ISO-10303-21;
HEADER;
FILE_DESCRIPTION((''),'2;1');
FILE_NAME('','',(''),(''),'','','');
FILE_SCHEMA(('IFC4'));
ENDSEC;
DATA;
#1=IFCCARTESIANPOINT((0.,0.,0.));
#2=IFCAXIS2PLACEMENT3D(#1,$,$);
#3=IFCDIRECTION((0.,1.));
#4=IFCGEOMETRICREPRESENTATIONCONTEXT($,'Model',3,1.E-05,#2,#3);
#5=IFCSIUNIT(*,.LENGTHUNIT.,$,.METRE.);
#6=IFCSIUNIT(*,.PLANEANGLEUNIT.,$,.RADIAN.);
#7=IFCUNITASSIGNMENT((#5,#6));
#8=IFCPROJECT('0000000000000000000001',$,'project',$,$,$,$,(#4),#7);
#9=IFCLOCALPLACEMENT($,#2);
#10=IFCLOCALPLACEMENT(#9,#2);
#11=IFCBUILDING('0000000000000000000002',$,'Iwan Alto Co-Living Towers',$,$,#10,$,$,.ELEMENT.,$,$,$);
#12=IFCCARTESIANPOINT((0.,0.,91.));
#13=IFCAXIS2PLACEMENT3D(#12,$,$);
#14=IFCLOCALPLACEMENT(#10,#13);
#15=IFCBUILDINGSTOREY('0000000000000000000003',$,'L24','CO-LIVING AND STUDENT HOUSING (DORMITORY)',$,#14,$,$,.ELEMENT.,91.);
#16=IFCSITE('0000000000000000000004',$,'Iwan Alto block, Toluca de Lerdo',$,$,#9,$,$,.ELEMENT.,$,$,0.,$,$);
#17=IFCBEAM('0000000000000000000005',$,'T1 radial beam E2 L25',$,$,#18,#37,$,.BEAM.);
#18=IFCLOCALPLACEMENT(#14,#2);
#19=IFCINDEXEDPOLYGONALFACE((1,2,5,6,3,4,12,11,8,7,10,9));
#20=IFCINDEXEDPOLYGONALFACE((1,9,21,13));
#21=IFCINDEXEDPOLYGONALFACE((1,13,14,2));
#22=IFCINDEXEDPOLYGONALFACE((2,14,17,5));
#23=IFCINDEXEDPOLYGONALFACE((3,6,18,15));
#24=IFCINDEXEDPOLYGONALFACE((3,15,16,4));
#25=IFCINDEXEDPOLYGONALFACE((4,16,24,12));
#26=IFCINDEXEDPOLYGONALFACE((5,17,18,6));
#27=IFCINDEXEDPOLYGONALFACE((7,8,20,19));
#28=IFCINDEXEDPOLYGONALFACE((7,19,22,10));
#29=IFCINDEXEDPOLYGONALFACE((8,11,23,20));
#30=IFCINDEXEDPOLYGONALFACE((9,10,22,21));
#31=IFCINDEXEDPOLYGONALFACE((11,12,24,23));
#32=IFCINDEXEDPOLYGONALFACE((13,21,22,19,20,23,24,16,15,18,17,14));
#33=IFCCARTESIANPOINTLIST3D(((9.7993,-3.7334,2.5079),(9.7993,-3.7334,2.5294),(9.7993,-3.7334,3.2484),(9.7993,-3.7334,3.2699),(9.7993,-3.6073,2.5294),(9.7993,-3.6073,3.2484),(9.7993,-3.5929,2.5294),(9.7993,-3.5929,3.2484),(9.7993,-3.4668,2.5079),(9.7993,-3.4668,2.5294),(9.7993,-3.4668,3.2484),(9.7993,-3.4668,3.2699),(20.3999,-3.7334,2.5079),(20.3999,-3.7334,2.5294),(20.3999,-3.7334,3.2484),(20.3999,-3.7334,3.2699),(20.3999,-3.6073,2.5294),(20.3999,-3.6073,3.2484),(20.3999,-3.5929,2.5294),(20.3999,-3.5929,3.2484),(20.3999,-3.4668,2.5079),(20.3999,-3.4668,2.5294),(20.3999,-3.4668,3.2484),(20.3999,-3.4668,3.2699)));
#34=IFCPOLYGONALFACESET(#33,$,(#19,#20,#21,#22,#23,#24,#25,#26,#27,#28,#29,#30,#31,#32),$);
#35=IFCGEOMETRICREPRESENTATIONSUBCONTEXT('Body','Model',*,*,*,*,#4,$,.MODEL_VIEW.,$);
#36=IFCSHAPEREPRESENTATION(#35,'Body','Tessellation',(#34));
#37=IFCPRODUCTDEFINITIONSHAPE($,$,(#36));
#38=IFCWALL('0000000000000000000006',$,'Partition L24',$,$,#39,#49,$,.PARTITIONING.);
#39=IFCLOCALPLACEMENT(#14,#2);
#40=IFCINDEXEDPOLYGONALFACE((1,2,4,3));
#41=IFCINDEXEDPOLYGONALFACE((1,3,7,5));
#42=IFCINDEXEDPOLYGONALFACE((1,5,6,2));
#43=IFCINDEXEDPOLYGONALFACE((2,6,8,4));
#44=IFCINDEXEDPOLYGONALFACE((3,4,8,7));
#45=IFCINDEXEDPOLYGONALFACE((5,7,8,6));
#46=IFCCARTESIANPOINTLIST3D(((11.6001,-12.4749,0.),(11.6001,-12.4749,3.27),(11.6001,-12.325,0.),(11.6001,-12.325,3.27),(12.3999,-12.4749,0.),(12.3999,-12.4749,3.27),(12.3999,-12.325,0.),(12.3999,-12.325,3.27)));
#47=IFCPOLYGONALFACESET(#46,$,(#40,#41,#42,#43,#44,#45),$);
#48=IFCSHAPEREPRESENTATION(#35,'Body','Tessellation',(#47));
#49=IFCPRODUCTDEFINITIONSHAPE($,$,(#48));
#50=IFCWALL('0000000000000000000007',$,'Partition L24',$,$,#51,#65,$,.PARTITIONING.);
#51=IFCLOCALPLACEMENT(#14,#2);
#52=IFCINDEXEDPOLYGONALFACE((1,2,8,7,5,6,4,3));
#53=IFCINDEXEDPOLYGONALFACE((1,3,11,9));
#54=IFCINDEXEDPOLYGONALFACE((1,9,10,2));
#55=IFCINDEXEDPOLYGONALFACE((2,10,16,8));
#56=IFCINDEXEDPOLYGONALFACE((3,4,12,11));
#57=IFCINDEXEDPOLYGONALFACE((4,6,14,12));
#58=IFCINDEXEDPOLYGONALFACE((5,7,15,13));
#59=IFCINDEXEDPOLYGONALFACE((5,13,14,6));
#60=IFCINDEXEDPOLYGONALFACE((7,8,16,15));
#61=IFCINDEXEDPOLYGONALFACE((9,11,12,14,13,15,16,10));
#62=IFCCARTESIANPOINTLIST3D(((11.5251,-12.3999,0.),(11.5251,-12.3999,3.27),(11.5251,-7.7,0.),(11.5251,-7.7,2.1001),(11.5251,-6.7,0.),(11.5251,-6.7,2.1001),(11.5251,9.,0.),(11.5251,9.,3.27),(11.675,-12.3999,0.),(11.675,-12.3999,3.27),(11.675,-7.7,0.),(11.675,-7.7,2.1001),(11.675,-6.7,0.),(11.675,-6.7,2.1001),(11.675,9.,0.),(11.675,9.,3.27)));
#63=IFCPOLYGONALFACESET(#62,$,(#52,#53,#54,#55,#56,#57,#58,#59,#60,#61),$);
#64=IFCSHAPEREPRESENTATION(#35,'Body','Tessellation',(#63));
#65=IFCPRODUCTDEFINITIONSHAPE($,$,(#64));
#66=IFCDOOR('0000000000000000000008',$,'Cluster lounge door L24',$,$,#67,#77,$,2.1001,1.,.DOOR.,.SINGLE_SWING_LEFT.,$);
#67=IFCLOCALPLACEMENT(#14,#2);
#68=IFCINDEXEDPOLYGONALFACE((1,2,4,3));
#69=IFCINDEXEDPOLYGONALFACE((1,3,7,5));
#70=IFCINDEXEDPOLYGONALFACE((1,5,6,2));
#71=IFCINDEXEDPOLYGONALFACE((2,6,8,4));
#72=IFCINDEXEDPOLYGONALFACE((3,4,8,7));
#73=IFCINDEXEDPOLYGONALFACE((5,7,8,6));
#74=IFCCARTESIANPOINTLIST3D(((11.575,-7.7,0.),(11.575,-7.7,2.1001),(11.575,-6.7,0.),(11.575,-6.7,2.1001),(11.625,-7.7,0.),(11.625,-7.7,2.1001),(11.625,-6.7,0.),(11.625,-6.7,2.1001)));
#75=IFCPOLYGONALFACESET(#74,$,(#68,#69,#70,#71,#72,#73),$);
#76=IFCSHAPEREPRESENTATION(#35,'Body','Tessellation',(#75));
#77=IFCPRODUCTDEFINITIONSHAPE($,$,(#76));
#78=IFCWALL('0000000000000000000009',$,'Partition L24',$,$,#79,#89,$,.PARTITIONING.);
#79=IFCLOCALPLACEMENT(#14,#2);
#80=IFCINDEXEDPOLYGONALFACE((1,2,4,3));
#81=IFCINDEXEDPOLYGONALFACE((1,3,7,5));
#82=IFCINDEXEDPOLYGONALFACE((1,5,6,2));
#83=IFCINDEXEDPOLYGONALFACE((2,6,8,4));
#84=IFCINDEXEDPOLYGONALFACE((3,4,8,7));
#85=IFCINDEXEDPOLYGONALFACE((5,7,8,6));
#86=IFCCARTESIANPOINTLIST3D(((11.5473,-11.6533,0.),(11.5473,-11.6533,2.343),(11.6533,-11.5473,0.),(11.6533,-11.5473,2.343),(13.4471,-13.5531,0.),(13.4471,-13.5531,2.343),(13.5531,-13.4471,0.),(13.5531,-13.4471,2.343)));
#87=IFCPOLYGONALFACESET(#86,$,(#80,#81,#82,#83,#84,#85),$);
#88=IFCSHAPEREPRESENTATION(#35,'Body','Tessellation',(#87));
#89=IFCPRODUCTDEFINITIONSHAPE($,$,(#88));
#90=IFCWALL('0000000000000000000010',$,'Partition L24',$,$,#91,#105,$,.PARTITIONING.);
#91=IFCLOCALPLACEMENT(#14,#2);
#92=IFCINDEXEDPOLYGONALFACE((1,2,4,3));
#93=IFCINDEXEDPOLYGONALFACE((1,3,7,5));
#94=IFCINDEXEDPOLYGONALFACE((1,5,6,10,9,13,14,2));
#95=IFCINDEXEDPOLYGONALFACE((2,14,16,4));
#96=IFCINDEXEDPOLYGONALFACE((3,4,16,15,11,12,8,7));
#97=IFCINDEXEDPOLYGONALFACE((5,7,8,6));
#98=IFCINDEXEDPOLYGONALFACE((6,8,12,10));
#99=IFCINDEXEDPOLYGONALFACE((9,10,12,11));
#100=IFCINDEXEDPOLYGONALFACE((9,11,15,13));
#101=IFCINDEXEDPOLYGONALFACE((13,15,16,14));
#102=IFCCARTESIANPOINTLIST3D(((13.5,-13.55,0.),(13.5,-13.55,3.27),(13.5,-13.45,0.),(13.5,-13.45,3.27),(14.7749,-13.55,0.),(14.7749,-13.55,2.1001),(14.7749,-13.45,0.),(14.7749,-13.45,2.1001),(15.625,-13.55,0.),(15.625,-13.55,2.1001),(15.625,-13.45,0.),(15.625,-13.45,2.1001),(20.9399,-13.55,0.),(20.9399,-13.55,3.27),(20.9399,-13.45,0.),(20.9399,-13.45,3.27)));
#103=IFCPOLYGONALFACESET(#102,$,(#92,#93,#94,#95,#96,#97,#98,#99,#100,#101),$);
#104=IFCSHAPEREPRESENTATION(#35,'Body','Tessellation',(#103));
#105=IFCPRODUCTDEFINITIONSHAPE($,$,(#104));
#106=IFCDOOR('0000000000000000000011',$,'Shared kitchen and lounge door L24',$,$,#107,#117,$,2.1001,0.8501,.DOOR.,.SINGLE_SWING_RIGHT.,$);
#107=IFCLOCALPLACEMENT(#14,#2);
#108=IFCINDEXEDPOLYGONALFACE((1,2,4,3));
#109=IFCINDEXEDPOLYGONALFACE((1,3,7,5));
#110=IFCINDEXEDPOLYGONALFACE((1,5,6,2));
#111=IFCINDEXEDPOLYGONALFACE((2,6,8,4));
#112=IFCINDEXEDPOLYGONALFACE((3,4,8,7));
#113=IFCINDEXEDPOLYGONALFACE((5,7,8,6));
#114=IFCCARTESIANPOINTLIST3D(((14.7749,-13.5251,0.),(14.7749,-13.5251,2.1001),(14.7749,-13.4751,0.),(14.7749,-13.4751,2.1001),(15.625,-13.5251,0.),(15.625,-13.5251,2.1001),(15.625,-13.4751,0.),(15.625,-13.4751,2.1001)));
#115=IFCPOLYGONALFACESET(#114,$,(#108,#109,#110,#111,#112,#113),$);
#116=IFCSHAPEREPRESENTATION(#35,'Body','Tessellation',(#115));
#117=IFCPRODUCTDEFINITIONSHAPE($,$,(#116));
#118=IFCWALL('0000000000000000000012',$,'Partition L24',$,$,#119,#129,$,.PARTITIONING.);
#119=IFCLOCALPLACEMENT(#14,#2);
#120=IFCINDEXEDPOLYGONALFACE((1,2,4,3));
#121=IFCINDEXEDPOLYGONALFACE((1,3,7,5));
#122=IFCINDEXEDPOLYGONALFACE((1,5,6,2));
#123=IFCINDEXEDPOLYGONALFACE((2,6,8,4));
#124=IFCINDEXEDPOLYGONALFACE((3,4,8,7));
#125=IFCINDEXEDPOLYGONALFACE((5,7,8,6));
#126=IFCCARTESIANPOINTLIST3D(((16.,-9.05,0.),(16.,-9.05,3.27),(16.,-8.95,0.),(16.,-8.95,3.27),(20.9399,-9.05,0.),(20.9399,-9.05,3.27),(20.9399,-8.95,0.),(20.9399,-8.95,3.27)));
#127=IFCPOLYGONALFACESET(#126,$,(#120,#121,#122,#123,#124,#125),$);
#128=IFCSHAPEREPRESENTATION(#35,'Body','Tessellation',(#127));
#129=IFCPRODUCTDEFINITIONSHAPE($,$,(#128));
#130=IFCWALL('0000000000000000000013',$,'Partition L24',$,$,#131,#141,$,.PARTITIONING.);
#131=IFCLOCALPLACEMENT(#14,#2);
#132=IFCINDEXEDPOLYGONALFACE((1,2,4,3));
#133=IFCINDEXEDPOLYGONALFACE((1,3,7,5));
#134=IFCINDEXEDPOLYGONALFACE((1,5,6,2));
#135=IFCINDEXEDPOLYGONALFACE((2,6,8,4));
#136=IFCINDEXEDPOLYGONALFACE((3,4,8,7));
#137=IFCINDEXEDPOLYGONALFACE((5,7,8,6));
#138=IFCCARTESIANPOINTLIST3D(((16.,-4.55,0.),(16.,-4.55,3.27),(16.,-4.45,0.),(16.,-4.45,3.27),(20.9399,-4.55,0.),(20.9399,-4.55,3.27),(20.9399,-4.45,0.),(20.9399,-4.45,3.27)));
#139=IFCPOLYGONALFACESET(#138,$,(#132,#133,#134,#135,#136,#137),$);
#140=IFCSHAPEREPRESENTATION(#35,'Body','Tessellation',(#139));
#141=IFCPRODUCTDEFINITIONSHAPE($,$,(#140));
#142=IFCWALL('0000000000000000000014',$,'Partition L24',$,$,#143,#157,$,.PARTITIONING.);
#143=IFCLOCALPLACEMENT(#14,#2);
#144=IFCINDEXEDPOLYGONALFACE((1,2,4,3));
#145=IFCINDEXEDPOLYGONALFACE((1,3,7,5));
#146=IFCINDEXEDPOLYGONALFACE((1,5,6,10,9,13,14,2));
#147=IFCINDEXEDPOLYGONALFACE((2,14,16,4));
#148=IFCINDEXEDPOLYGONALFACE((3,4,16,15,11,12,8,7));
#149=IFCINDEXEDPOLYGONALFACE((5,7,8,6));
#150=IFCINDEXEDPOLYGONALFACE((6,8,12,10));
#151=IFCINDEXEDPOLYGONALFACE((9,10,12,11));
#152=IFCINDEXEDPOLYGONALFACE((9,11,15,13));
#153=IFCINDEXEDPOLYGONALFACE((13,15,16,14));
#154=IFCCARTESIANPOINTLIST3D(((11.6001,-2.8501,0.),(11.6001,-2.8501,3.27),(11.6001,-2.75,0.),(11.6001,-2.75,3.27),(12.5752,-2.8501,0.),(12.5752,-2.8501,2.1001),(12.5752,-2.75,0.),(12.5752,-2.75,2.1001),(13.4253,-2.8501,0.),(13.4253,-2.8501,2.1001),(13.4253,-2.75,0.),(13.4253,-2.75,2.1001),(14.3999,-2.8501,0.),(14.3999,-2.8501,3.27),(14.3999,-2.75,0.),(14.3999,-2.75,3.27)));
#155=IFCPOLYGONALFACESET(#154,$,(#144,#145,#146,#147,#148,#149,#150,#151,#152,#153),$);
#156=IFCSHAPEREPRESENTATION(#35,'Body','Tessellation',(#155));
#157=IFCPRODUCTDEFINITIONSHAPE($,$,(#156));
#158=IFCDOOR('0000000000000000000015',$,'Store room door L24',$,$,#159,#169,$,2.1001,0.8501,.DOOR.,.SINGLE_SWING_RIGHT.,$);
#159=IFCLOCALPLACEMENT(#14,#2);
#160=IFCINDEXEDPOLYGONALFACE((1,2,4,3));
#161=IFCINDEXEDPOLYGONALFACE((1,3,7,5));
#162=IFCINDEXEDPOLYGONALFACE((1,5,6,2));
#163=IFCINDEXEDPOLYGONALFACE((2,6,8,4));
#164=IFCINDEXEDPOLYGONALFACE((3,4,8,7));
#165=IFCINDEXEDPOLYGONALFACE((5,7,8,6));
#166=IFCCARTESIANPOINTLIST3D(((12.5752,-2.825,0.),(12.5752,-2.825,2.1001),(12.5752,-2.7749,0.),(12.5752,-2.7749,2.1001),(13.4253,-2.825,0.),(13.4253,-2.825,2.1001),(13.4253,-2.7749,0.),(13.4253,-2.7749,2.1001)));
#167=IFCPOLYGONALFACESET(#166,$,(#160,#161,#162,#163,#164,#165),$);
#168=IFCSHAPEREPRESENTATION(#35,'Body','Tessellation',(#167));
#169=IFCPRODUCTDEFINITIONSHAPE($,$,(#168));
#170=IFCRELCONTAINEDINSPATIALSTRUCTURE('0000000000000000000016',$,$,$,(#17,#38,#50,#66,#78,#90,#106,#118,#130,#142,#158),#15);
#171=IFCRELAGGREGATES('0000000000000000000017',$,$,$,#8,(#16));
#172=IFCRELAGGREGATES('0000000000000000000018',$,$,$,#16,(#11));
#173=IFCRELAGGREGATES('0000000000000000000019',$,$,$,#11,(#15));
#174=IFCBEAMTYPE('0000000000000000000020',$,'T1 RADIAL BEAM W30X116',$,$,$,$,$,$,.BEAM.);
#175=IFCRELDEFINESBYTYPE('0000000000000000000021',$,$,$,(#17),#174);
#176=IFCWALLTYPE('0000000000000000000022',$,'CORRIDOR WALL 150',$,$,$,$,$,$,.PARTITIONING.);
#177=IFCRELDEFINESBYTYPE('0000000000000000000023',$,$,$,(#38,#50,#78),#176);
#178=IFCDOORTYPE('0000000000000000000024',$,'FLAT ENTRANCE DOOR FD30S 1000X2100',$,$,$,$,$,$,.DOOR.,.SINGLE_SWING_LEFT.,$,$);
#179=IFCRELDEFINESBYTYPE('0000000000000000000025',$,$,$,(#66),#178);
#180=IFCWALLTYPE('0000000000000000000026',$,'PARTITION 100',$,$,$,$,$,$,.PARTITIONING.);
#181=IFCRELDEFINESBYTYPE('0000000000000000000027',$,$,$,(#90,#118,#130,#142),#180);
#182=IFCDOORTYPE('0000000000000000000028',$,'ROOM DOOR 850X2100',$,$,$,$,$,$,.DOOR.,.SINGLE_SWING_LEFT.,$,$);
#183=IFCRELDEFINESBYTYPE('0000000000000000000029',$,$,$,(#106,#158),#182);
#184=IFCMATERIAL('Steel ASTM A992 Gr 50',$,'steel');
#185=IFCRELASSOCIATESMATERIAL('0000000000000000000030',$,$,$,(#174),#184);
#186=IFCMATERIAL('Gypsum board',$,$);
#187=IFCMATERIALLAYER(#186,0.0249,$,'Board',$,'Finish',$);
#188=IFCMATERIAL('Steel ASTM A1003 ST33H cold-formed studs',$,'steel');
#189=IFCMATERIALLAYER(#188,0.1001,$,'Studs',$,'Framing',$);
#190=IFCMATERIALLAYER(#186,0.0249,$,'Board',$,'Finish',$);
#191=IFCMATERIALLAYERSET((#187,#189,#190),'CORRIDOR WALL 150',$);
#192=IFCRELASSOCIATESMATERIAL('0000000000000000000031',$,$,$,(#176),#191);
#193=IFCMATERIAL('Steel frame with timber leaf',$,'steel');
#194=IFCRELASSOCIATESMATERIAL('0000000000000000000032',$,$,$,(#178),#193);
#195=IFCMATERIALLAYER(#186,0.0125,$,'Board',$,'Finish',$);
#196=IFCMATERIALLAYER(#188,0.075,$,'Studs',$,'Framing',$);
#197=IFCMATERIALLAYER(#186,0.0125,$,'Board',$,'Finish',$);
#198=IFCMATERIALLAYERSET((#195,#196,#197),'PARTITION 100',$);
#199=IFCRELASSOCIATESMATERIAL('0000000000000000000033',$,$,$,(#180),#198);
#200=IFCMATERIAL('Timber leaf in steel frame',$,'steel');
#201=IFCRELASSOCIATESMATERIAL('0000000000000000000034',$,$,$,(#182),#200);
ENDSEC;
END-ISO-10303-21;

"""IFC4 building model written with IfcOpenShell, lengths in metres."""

from ifc_helpers import new_model, si_unit, direction, frame, frame_2d, origin, origin_2d, place, context, subcontext, project, spatial, rectangle, i_section, extrude, material, layer, layer_set, material_profile, profile_set, type_object, element, fill, save


model = new_model("IFC4")

# Units and contexts
model_context = context("Model", 3, precision=1e-05, world=origin(), true_north=direction((0.0, 1.0)))
body_context = subcontext(model_context, "Body", "Model", "MODEL_VIEW")
ifc_project = project(units=[si_unit("LENGTHUNIT", "METRE"), si_unit("PLANEANGLEUNIT", "RADIAN")], contexts=[model_context])

# Site, building, storey
site_placement = place(None, origin())
site = spatial("IfcSite", under=ifc_project, at=site_placement, Name="Iwan Alto block, Toluca de Lerdo", CompositionType="ELEMENT", RefElevation=0.0)
building_placement = place(site_placement, origin())
building = spatial("IfcBuilding", under=site, at=building_placement, Name="Iwan Alto Co-Living Towers", CompositionType="ELEMENT")
storey_placement = place(building_placement, frame((0.0, 0.0, 91.0)))
storey = spatial("IfcBuildingStorey", under=building, at=storey_placement, Name="L24", Description="CO-LIVING AND STUDENT HOUSING (DORMITORY)", CompositionType="ELEMENT", Elevation=91.0)

# Beam
ifc_material_1 = material(Name="Steel ASTM A992 Gr 50", Category="steel")
ifc_material_profile_1 = material_profile(ifc_material_1, i_section(OverallWidth=0.2666, OverallDepth=0.762, WebThickness=0.0144, FlangeThickness=0.0215, at=origin_2d()), Name="W30X116")
ifc_profile_set_1 = profile_set([ifc_material_profile_1], Name="Steel ASTM A992 Gr 50")
beam_type_1 = type_object("IfcBeamType", Name="T1 RADIAL BEAM W30X116", PredefinedType="BEAM", material=ifc_profile_set_1)
beam_1_placement = place(storey_placement, frame((20.3999, -3.6001, 2.8889), z_axis=(-1.0, 0.0, 0.0), x_axis=(0.0, -1.0, 0.0)))
element("IfcBeam", 1, at=beam_1_placement, inside=storey, type_object=beam_type_1, Name="T1 radial beam E2 L25", PredefinedType="BEAM", context=body_context, shape_type="SweptSolid", body=[
    extrude(i_section(OverallWidth=0.2666, OverallDepth=0.762, WebThickness=0.0144, FlangeThickness=0.0215, at=origin_2d()), origin(), (0.0, 0.0, 1.0), 10.6006),
])

# Wall
ifc_material_2 = material(Name="Gypsum board")
ifc_layer_1 = layer(ifc_material_2, 0.0249, Name="Board", Category="Finish")
ifc_material_3 = material(Name="Steel ASTM A1003 ST33H cold-formed studs", Category="steel")
ifc_layer_2 = layer(ifc_material_3, 0.1001, Name="Studs", Category="Framing")
ifc_layer_3 = layer(ifc_material_2, 0.0249, Name="Board", Category="Finish")
ifc_layer_set_1 = layer_set([ifc_layer_1, ifc_layer_2, ifc_layer_3], Name="CORRIDOR WALL 150")
wall_type_1 = type_object("IfcWallType", Name="CORRIDOR WALL 150", PredefinedType="PARTITIONING", material=ifc_layer_set_1)
wall_1_placement = place(storey_placement, frame((11.6001, -12.3999, 0.0), z_axis=(0.0, 0.0, 1.0), x_axis=(1.0, 0.0, 0.0)))
element("IfcWall", 2, at=wall_1_placement, inside=storey, type_object=wall_type_1, Name="Partition L24", PredefinedType="PARTITIONING", context=body_context, shape_type="SweptSolid", body=[
    extrude(rectangle(XDim=0.7998, YDim=0.1499, at=frame_2d((0.3999, 0.0))), origin(), (0.0, 0.0, 1.0), 3.27),
])

# Wall, opening, door
wall_2_placement = place(storey_placement, frame((11.6001, -12.3999, 0.0), z_axis=(0.0, 0.0, 1.0), x_axis=(0.0, 1.0, 0.0)))
wall_2 = element("IfcWall", 3, at=wall_2_placement, inside=storey, type_object=wall_type_1, Name="Partition L24", PredefinedType="PARTITIONING", context=body_context, shape_type="SweptSolid", body=[
    extrude(rectangle(XDim=21.3999, YDim=0.1499, at=frame_2d((10.7, 0.0))), origin(), (0.0, 0.0, 1.0), 3.27),
])
opening_1_placement = place(wall_2_placement, frame((4.7, 0.0, 0.0)))
opening_1 = element("IfcOpeningElement", 4, at=opening_1_placement, cuts=wall_2, PredefinedType="OPENING", context=body_context, shape_type="SweptSolid", body=[
    extrude(rectangle(XDim=1.0, YDim=2.1001, at=frame_2d((0.5, 1.05))), frame((0.0, 0.085, 0.0), z_axis=(0.0, -1.0, 0.0), x_axis=(1.0, 0.0, 0.0)), (0.0, 0.0, 1.0), 0.1699),
])
ifc_material_4 = material(Name="Steel frame with timber leaf", Category="steel")
door_type_1 = type_object("IfcDoorType", Name="FLAT ENTRANCE DOOR FD30S 1000X2100", OperationType="SINGLE_SWING_LEFT", PredefinedType="DOOR", material=ifc_material_4)
door_1_placement = place(opening_1_placement, frame((1.0, 0.0, 0.0), z_axis=(0.0, 0.0, 1.0), x_axis=(-1.0, 0.0, 0.0)))
door_1 = element("IfcDoor", 5, at=door_1_placement, inside=storey, type_object=door_type_1, Name="Cluster lounge door L24", OperationType="SINGLE_SWING_LEFT", OverallHeight=2.1001, OverallWidth=1.0, PredefinedType="DOOR", context=body_context, shape_type="SweptSolid", body=[
    extrude(rectangle(XDim=1.0, YDim=2.1001, at=frame_2d((0.5, 1.05))), frame((0.0, 0.0249, 0.0), z_axis=(0.0, -1.0, 0.0), x_axis=(1.0, 0.0, 0.0)), (0.0, 0.0, 1.0), 0.05),
])
fill(opening_1, door_1)

# Wall
wall_3_placement = place(storey_placement, frame((13.5, -13.5, 0.0), z_axis=(0.0, 0.0, 1.0), x_axis=(-0.707107, 0.707107, 0.0)))
element("IfcWall", 6, at=wall_3_placement, inside=storey, type_object=wall_type_1, Name="Partition L24", PredefinedType="PARTITIONING", context=body_context, shape_type="SweptSolid", body=[
    extrude(rectangle(XDim=2.6868, YDim=0.1499, at=frame_2d((1.3433, 0.0))), origin(), (0.0, 0.0, 1.0), 2.343),
])

# Wall, opening, door
ifc_layer_4 = layer(ifc_material_2, 0.0125, Name="Board", Category="Finish")
ifc_layer_5 = layer(ifc_material_3, 0.075, Name="Studs", Category="Framing")
ifc_layer_6 = layer(ifc_material_2, 0.0125, Name="Board", Category="Finish")
ifc_layer_set_2 = layer_set([ifc_layer_4, ifc_layer_5, ifc_layer_6], Name="PARTITION 100")
wall_type_2 = type_object("IfcWallType", Name="PARTITION 100", PredefinedType="PARTITIONING", material=ifc_layer_set_2)
wall_4_placement = place(storey_placement, frame((13.5, -13.5, 0.0), z_axis=(0.0, 0.0, 1.0), x_axis=(1.0, 0.0, 0.0)))
wall_4 = element("IfcWall", 7, at=wall_4_placement, inside=storey, type_object=wall_type_2, Name="Partition L24", PredefinedType="PARTITIONING", context=body_context, shape_type="SweptSolid", body=[
    extrude(rectangle(XDim=7.4399, YDim=0.1001, at=frame_2d((3.72, 0.0))), origin(), (0.0, 0.0, 1.0), 3.27),
])
opening_2_placement = place(wall_4_placement, frame((1.2749, 0.0, 0.0)))
opening_2 = element("IfcOpeningElement", 8, at=opening_2_placement, cuts=wall_4, PredefinedType="OPENING", context=body_context, shape_type="SweptSolid", body=[
    extrude(rectangle(XDim=0.8501, YDim=2.1001, at=frame_2d((0.425, 1.05))), frame((0.0, 0.0601, 0.0), z_axis=(0.0, -1.0, 0.0), x_axis=(1.0, 0.0, 0.0)), (0.0, 0.0, 1.0), 0.1201),
])
ifc_material_5 = material(Name="Timber leaf in steel frame", Category="steel")
door_type_2 = type_object("IfcDoorType", Name="ROOM DOOR 850X2100", OperationType="SINGLE_SWING_LEFT", PredefinedType="DOOR", material=ifc_material_5)
door_2_placement = place(opening_2_placement, origin())
door_2 = element("IfcDoor", 9, at=door_2_placement, inside=storey, type_object=door_type_2, Name="Shared kitchen and lounge door L24", OperationType="SINGLE_SWING_RIGHT", OverallHeight=2.1001, OverallWidth=0.8501, PredefinedType="DOOR", context=body_context, shape_type="SweptSolid", body=[
    extrude(rectangle(XDim=0.8501, YDim=2.1001, at=frame_2d((0.425, 1.05))), frame((0.0, 0.0249, 0.0), z_axis=(0.0, -1.0, 0.0), x_axis=(1.0, 0.0, 0.0)), (0.0, 0.0, 1.0), 0.05),
])
fill(opening_2, door_2)

# Walls
for number, where, z_axis, x_axis, name in (
    (10, (16.0, -9.0, 0.0), (0.0, 0.0, 1.0), (1.0, 0.0, 0.0), "Partition L24"),
    (11, (16.0, -4.5, 0.0), (0.0, 0.0, 1.0), (1.0, 0.0, 0.0), "Partition L24"),
):
    element("IfcWall", number, at=place(storey_placement, frame(where, z_axis=z_axis, x_axis=x_axis)), inside=storey, type_object=wall_type_2, Name=name, PredefinedType="PARTITIONING", context=body_context, shape_type="SweptSolid", body=[
        extrude(rectangle(XDim=4.9399, YDim=0.1001, at=frame_2d((2.47, 0.0))), origin(), (0.0, 0.0, 1.0), 3.27),
    ])

# Wall, opening, door
wall_5_placement = place(storey_placement, frame((11.6001, -2.8, 0.0), z_axis=(0.0, 0.0, 1.0), x_axis=(1.0, 0.0, 0.0)))
wall_5 = element("IfcWall", 12, at=wall_5_placement, inside=storey, type_object=wall_type_2, Name="Partition L24", PredefinedType="PARTITIONING", context=body_context, shape_type="SweptSolid", body=[
    extrude(rectangle(XDim=2.7998, YDim=0.1001, at=frame_2d((1.3999, 0.0))), origin(), (0.0, 0.0, 1.0), 3.27),
])
opening_3_placement = place(wall_5_placement, frame((0.9751, 0.0, 0.0)))
opening_3 = element("IfcOpeningElement", 13, at=opening_3_placement, cuts=wall_5, PredefinedType="OPENING", context=body_context, shape_type="SweptSolid", body=[
    extrude(rectangle(XDim=0.8501, YDim=2.1001, at=frame_2d((0.425, 1.05))), frame((0.0, 0.0601, 0.0), z_axis=(0.0, -1.0, 0.0), x_axis=(1.0, 0.0, 0.0)), (0.0, 0.0, 1.0), 0.1201),
])
door_3_placement = place(opening_3_placement, frame((0.8501, 0.0, 0.0), z_axis=(0.0, 0.0, 1.0), x_axis=(-1.0, 0.0, 0.0)))
door_3 = element("IfcDoor", 14, at=door_3_placement, inside=storey, type_object=door_type_2, Name="Store room door L24", OperationType="SINGLE_SWING_RIGHT", OverallHeight=2.1001, OverallWidth=0.8501, PredefinedType="DOOR", context=body_context, shape_type="SweptSolid", body=[
    extrude(rectangle(XDim=0.8501, YDim=2.1001, at=frame_2d((0.425, 1.05))), frame((0.0, 0.0249, 0.0), z_axis=(0.0, -1.0, 0.0), x_axis=(1.0, 0.0, 0.0)), (0.0, 0.0, 1.0), 0.05),
])
fill(opening_3, door_3)

save(model, "model.ifc")
